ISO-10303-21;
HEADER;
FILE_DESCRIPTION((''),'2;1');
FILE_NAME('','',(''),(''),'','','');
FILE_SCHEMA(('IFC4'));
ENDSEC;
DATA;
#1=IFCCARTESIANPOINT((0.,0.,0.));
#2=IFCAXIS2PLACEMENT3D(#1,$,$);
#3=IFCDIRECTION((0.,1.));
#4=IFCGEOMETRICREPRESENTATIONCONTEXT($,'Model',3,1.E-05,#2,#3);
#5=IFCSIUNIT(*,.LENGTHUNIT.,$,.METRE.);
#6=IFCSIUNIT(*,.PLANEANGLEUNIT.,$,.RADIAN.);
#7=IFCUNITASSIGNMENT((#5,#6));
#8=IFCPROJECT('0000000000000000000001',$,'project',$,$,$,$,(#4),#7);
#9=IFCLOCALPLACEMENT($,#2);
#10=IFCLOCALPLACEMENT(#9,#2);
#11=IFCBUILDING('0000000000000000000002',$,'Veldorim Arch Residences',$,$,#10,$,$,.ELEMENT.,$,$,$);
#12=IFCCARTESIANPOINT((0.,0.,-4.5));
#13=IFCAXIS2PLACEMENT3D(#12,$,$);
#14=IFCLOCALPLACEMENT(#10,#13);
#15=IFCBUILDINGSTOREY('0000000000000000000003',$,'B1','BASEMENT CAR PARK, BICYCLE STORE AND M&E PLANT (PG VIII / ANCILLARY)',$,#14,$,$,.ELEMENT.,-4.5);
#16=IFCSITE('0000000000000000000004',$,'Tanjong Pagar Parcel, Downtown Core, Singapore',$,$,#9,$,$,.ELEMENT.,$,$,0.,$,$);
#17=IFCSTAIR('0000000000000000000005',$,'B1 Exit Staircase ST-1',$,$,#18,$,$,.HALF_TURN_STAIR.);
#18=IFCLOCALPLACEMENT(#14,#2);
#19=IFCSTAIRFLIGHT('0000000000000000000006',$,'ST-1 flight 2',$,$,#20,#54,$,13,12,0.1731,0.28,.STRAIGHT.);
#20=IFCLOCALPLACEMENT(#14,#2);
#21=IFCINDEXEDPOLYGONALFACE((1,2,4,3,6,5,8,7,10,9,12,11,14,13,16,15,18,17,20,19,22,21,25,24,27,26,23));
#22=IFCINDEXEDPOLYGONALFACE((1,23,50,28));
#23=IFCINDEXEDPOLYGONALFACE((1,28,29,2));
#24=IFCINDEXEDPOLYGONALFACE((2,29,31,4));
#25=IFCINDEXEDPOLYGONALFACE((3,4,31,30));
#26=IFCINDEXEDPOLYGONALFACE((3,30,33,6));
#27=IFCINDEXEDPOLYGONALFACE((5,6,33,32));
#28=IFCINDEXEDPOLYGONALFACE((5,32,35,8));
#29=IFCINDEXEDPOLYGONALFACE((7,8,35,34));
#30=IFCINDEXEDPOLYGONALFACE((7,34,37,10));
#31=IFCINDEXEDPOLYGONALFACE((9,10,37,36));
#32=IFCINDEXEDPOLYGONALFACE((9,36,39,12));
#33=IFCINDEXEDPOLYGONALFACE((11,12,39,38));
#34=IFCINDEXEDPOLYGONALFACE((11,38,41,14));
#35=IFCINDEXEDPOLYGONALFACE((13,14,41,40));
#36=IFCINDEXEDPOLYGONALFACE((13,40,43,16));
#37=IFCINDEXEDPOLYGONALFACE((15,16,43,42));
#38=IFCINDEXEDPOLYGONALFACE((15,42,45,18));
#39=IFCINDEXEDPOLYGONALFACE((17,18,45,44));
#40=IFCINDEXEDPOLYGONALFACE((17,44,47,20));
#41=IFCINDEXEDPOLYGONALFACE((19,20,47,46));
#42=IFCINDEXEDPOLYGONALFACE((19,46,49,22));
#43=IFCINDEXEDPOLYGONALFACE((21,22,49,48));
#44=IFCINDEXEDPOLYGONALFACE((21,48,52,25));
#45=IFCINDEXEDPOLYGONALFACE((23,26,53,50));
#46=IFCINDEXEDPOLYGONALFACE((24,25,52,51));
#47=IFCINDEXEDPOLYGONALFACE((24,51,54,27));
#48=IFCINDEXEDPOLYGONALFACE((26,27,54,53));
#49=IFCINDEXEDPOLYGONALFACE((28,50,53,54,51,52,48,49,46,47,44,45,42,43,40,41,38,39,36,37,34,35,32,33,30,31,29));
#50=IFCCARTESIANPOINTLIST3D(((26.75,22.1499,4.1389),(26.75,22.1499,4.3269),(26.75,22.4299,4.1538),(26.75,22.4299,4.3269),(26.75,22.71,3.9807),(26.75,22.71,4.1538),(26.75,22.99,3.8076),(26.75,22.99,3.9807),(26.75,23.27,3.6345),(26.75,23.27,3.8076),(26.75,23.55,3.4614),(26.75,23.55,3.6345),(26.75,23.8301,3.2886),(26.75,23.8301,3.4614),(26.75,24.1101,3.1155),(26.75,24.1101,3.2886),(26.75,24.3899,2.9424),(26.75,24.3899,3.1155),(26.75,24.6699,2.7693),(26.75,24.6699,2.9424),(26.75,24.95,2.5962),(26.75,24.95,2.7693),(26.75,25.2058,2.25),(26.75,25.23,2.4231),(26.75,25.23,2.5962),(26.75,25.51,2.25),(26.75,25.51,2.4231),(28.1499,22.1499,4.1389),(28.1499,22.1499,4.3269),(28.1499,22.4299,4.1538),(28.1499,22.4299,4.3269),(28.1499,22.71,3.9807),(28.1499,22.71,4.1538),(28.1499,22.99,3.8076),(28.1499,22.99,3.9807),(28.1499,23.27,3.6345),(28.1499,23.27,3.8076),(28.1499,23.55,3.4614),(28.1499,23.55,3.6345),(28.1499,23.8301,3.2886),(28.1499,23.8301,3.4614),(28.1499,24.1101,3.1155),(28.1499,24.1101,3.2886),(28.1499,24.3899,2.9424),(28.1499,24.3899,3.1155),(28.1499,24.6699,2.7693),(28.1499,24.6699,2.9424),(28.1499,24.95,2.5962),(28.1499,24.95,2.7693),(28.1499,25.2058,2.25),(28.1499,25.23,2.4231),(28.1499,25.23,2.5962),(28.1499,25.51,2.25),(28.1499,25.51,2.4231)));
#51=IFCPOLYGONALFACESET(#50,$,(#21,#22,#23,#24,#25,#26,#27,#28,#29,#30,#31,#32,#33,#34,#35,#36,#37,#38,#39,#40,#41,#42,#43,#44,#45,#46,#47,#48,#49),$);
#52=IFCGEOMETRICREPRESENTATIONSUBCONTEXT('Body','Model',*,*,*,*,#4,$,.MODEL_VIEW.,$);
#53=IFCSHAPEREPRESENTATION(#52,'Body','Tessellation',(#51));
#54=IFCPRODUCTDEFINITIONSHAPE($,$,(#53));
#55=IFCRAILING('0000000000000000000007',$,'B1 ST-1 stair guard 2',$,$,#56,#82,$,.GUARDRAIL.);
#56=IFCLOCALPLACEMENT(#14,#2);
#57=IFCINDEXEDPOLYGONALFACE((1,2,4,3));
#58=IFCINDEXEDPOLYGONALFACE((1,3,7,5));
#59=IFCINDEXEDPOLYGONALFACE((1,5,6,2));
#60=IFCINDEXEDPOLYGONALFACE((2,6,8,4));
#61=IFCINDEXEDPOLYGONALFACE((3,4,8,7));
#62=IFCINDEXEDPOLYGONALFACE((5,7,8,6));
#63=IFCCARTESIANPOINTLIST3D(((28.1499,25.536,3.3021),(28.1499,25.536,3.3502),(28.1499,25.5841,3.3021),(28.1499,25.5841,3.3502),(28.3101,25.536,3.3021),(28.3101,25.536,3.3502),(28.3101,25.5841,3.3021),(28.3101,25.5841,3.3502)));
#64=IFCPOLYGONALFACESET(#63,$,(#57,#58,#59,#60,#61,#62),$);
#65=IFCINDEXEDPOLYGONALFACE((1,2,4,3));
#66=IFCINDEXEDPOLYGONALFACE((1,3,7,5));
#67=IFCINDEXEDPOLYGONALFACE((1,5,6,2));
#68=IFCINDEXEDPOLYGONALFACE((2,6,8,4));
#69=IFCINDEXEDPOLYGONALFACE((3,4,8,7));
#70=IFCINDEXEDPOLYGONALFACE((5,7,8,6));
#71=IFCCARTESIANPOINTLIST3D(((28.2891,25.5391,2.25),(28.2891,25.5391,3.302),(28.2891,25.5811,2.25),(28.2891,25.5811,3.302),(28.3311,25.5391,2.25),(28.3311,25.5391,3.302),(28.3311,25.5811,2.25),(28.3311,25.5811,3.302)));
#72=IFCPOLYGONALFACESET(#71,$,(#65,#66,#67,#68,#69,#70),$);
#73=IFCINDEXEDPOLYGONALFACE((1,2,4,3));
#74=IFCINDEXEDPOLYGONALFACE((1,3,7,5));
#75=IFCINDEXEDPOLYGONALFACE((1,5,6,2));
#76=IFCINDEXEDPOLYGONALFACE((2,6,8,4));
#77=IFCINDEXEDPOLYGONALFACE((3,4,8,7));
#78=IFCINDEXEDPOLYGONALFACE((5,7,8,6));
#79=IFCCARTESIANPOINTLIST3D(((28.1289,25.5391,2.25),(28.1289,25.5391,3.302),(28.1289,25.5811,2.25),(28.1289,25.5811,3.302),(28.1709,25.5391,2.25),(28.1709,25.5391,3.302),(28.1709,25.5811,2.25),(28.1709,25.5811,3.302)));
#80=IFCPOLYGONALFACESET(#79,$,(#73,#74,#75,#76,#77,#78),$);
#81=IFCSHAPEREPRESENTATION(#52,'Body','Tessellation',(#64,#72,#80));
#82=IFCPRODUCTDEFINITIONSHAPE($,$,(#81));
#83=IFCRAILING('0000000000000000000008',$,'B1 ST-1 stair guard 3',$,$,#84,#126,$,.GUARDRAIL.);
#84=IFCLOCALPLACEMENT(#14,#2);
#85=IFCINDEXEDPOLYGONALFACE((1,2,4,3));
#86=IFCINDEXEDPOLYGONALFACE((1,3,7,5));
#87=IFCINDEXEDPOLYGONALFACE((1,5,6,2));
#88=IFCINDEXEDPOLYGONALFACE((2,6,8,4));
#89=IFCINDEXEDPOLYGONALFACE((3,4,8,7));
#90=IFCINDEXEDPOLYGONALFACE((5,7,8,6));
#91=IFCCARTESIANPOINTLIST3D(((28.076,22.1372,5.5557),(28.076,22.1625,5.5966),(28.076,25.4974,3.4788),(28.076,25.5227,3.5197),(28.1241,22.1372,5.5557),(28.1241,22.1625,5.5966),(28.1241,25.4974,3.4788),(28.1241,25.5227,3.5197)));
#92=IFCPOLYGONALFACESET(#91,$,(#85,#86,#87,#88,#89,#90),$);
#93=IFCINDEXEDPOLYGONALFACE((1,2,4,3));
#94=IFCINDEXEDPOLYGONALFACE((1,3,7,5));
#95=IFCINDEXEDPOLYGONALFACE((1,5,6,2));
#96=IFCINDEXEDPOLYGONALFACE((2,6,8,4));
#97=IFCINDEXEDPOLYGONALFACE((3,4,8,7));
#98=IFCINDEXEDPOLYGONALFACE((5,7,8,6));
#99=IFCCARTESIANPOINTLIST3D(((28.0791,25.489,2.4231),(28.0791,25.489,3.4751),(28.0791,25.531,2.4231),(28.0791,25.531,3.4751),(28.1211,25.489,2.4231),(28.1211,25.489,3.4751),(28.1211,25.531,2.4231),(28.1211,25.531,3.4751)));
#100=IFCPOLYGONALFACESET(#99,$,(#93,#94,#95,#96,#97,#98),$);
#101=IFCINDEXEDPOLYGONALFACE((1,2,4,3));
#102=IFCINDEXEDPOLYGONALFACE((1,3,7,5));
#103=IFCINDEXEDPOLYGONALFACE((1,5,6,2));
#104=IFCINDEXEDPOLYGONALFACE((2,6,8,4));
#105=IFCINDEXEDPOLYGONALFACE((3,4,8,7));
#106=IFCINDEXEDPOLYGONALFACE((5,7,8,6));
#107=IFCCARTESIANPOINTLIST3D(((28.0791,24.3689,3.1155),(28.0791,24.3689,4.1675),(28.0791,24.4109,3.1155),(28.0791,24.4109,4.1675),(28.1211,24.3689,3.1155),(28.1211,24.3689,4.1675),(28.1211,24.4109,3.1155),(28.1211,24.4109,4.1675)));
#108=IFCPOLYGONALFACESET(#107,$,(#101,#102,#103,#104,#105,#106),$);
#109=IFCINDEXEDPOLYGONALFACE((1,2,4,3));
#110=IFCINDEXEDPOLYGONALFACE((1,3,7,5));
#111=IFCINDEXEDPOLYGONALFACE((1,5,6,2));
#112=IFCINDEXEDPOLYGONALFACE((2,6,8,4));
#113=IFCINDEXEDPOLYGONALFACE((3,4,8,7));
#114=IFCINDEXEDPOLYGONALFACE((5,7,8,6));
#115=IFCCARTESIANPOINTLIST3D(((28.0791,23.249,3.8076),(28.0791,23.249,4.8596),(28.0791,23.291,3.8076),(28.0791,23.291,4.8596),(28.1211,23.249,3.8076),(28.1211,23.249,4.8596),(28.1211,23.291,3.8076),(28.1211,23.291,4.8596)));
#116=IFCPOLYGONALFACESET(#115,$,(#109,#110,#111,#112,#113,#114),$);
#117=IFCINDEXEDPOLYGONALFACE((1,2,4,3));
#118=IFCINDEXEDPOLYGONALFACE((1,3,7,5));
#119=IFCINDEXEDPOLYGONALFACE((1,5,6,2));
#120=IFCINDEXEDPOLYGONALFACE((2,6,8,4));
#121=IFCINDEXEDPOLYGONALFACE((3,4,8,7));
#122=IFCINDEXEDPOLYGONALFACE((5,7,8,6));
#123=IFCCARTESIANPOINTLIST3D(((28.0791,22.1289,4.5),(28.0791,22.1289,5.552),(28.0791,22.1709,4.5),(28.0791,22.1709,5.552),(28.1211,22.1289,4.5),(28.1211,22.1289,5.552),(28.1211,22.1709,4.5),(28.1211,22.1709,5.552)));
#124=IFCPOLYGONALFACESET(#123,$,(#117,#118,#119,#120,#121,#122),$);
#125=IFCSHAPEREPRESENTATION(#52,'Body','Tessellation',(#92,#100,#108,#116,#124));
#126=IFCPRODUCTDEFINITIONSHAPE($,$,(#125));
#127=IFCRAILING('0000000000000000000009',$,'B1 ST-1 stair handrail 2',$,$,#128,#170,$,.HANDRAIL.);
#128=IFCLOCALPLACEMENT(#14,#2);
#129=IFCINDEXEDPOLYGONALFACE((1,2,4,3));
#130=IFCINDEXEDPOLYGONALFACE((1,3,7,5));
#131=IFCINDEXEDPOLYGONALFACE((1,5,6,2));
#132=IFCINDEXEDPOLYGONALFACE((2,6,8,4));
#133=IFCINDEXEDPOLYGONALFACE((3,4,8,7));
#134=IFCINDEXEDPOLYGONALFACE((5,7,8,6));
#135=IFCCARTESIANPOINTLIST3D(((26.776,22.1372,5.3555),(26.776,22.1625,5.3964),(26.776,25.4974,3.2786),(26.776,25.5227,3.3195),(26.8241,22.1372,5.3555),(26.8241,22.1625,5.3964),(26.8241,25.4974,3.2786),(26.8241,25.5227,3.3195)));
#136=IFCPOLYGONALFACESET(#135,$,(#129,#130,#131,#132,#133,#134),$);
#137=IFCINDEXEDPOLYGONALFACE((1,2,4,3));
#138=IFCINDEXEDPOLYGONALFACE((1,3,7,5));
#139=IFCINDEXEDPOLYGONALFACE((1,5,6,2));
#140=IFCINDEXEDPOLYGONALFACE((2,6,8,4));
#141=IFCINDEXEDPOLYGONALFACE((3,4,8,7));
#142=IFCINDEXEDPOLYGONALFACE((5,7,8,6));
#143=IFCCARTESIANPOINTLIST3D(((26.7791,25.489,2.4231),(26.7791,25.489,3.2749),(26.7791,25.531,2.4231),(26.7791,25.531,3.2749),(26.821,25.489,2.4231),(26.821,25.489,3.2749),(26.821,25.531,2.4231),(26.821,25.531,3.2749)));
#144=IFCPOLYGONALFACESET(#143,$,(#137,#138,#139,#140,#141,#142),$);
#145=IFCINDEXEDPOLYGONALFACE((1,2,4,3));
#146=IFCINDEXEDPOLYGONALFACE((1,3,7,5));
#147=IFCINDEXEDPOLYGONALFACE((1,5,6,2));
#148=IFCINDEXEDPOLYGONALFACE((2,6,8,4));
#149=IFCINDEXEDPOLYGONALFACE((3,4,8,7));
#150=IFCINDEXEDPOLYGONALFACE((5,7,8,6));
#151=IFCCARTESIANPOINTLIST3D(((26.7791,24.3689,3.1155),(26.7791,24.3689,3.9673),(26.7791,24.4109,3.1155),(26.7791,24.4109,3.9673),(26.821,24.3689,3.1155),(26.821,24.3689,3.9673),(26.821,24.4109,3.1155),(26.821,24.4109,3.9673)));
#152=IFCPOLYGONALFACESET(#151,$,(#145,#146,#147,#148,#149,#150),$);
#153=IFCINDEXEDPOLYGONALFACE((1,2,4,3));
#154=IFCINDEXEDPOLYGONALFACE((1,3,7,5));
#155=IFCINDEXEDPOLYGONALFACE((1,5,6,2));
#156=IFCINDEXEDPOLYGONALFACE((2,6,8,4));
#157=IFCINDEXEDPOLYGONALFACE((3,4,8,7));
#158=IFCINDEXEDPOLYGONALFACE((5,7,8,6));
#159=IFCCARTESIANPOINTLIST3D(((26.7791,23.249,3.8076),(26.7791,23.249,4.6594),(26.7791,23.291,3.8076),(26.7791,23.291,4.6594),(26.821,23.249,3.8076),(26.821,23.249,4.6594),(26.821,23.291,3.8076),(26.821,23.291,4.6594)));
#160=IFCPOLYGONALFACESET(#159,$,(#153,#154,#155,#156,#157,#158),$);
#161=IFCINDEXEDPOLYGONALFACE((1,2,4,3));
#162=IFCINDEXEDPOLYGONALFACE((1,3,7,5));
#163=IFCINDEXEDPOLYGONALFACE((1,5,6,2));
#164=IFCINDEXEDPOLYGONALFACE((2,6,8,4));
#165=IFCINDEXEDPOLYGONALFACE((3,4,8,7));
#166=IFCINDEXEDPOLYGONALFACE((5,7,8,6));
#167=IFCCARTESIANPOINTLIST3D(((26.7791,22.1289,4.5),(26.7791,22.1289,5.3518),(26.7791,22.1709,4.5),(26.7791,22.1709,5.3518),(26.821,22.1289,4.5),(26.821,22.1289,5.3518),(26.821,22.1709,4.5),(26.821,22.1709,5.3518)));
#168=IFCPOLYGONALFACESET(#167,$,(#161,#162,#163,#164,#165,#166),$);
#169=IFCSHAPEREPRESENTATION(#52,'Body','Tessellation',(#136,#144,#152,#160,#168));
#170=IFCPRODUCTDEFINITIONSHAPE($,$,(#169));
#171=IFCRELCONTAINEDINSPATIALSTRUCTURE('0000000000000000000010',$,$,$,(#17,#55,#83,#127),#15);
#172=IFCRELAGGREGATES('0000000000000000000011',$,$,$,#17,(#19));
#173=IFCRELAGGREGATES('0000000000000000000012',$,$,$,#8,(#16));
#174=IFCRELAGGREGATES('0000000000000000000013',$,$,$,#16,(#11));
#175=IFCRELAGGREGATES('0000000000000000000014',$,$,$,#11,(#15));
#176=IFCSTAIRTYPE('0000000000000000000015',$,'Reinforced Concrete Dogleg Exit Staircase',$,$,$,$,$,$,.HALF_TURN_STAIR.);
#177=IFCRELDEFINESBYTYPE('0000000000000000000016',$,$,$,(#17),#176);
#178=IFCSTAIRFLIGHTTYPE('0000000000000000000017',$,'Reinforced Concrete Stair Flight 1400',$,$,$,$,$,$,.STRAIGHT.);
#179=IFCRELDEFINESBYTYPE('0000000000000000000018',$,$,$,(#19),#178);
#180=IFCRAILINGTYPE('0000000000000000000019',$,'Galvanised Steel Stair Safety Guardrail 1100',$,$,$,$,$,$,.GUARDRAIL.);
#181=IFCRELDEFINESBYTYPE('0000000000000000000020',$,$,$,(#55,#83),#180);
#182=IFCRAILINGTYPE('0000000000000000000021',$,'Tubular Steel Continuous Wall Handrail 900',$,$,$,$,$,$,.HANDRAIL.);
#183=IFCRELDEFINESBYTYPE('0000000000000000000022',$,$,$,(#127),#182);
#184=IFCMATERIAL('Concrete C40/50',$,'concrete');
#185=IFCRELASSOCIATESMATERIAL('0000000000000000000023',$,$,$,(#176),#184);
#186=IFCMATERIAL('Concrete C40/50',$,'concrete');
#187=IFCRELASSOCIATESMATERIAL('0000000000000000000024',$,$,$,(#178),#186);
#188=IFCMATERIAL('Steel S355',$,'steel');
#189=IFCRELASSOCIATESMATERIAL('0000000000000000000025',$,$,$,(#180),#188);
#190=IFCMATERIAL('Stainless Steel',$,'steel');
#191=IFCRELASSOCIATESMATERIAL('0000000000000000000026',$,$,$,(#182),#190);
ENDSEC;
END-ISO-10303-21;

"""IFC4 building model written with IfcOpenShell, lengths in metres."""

from ifc_helpers import new_model, si_unit, direction, frame, origin, origin_2d, place, context, subcontext, project, spatial, polyline, rectangle, outline, extrude, material, type_object, element, aggregate, save


model = new_model("IFC4")

# Units and contexts
model_context = context("Model", 3, precision=1e-05, world=origin(), true_north=direction((0.0, 1.0)))
body_context = subcontext(model_context, "Body", "Model", "MODEL_VIEW")
ifc_project = project(units=[si_unit("LENGTHUNIT", "METRE"), si_unit("PLANEANGLEUNIT", "RADIAN")], contexts=[model_context])

# Site, building, storey
site_placement = place(None, origin())
site = spatial("IfcSite", under=ifc_project, at=site_placement, Name="Tanjong Pagar Parcel, Downtown Core, Singapore", CompositionType="ELEMENT", RefElevation=0.0)
building_placement = place(site_placement, origin())
building = spatial("IfcBuilding", under=site, at=building_placement, Name="Veldorim Arch Residences", CompositionType="ELEMENT")
storey_placement = place(building_placement, frame((0.0, 0.0, -4.5)))
storey = spatial("IfcBuildingStorey", under=building, at=storey_placement, Name="B1", Description="BASEMENT CAR PARK, BICYCLE STORE AND M&E PLANT (PG VIII / ANCILLARY)", CompositionType="ELEMENT", Elevation=-4.5)

# Stair, stair flight
ifc_material_1 = material(Name="Concrete C40/50", Category="concrete")
stair_type = type_object("IfcStairType", Name="Reinforced Concrete Dogleg Exit Staircase", PredefinedType="HALF_TURN_STAIR", material=ifc_material_1)
stair_placement = place(storey_placement, origin())
stair = element("IfcStair", 1, at=stair_placement, inside=storey, type_object=stair_type, Name="B1 Exit Staircase ST-1", PredefinedType="HALF_TURN_STAIR")
ifc_material_2 = material(Name="Concrete C40/50", Category="concrete")
stair_flight_type = type_object("IfcStairFlightType", Name="Reinforced Concrete Stair Flight 1400", PredefinedType="STRAIGHT", material=ifc_material_2)
stair_flight_placement = place(storey_placement, frame((27.45, 25.51, 2.25), z_axis=(0.0, 0.0, 1.0), x_axis=(0.0, -1.0, 0.0)))
stair_flight = element("IfcStairFlight", 2, at=stair_flight_placement, type_object=stair_flight_type, Name="ST-1 flight 2", NumberOfRisers=13, NumberOfTreads=12, PredefinedType="STRAIGHT", RiserHeight=0.1731, TreadLength=0.28, context=body_context, shape_type="SweptSolid", body=[
    extrude(outline(polyline([(0.0, 0.0), (0.0, 0.1731), (0.28, 0.1731), (0.28, 0.3462), (0.5601, 0.3462), (0.5601, 0.5193), (0.8401, 0.5193), (0.8401, 0.6924), (1.1201, 0.6924), (1.1201, 0.8655), (1.3999, 0.8655), (1.3999, 1.0386), (1.6799, 1.0386), (1.6799, 1.2114), (1.96, 1.2114), (1.96, 1.3845), (2.24, 1.3845), (2.24, 1.5576), (2.52, 1.5576), (2.52, 1.7307), (2.8, 1.7307), (2.8, 1.9038), (3.0801, 1.9038), (3.0801, 2.0769), (3.3601, 2.0769), (3.3601, 2.25), (3.3601, 1.8889), (0.3042, 0.0), (0.0, 0.0)])), frame((0.0, 0.7, 0.0), z_axis=(0.0, -1.0, 0.0), x_axis=(1.0, 0.0, 0.0)), (0.0, 0.0, 1.0), 1.3999),
])
aggregate(stair, [stair_flight])

# Railings
ifc_material_3 = material(Name="Steel S355", Category="steel")
railing_type_1 = type_object("IfcRailingType", Name="Galvanised Steel Stair Safety Guardrail 1100", PredefinedType="GUARDRAIL", material=ifc_material_3)
railing_1_placement = place(storey_placement, frame((28.3101, 25.5601, 2.25)))
element("IfcRailing", 3, at=railing_1_placement, inside=storey, type_object=railing_type_1, Name="B1 ST-1 stair guard 2", PredefinedType="GUARDRAIL", context=body_context, shape_type="SweptSolid", body=[
    extrude(rectangle(XDim=0.0481, YDim=0.0481, at=origin_2d()), frame((0.0, 0.0, 1.0762), z_axis=(-1.0, 0.0, 0.0), x_axis=(0.0, -1.0, 0.0)), (0.0, 0.0, 1.0), 0.1602),
    extrude(rectangle(XDim=0.042, YDim=0.042, at=origin_2d()), origin(), (0.0, 0.0, 1.0), 1.052),
    extrude(rectangle(XDim=0.042, YDim=0.042, at=origin_2d()), frame((-0.1602, 0.0, 0.0)), (0.0, 0.0, 1.0), 1.052),
])
railing_2_placement = place(storey_placement, frame((28.1001, 25.51, 2.4231)))
element("IfcRailing", 4, at=railing_2_placement, inside=storey, type_object=railing_type_1, Name="B1 ST-1 stair guard 3", PredefinedType="GUARDRAIL", context=body_context, shape_type="SweptSolid", body=[
    extrude(rectangle(XDim=0.0481, YDim=0.0481, at=origin_2d()), frame((0.0, 0.0, 1.0762), z_axis=(0.0, -0.850623, 0.525776), x_axis=(1.0, 0.0, 0.0)), (0.0, 0.0, 1.0), 3.9502),
    extrude(rectangle(XDim=0.042, YDim=0.042, at=origin_2d()), origin(), (0.0, 0.0, 1.0), 1.052),
    extrude(rectangle(XDim=0.042, YDim=0.042, at=origin_2d()), frame((0.0, -1.1201, 0.6924)), (0.0, 0.0, 1.0), 1.052),
    extrude(rectangle(XDim=0.042, YDim=0.042, at=origin_2d()), frame((0.0, -2.24, 1.3845)), (0.0, 0.0, 1.0), 1.052),
    extrude(rectangle(XDim=0.042, YDim=0.042, at=origin_2d()), frame((0.0, -3.3601, 2.0769)), (0.0, 0.0, 1.0), 1.052),
])
ifc_material_4 = material(Name="Stainless Steel", Category="steel")
railing_type_2 = type_object("IfcRailingType", Name="Tubular Steel Continuous Wall Handrail 900", PredefinedType="HANDRAIL", material=ifc_material_4)
railing_3_placement = place(storey_placement, frame((26.8, 25.51, 2.4231)))
element("IfcRailing", 5, at=railing_3_placement, inside=storey, type_object=railing_type_2, Name="B1 ST-1 stair handrail 2", PredefinedType="HANDRAIL", context=body_context, shape_type="SweptSolid", body=[
    extrude(rectangle(XDim=0.0481, YDim=0.0481, at=origin_2d()), frame((0.0, 0.0, 0.876), z_axis=(0.0, -0.850623, 0.525776), x_axis=(1.0, 0.0, 0.0)), (0.0, 0.0, 1.0), 3.9502),
    extrude(rectangle(XDim=0.042, YDim=0.042, at=origin_2d()), origin(), (0.0, 0.0, 1.0), 0.8518),
    extrude(rectangle(XDim=0.042, YDim=0.042, at=origin_2d()), frame((0.0, -1.1201, 0.6924)), (0.0, 0.0, 1.0), 0.8518),
    extrude(rectangle(XDim=0.042, YDim=0.042, at=origin_2d()), frame((0.0, -2.24, 1.3845)), (0.0, 0.0, 1.0), 0.8518),
    extrude(rectangle(XDim=0.042, YDim=0.042, at=origin_2d()), frame((0.0, -3.3601, 2.0769)), (0.0, 0.0, 1.0), 0.8518),
])

save(model, "model.ifc")
